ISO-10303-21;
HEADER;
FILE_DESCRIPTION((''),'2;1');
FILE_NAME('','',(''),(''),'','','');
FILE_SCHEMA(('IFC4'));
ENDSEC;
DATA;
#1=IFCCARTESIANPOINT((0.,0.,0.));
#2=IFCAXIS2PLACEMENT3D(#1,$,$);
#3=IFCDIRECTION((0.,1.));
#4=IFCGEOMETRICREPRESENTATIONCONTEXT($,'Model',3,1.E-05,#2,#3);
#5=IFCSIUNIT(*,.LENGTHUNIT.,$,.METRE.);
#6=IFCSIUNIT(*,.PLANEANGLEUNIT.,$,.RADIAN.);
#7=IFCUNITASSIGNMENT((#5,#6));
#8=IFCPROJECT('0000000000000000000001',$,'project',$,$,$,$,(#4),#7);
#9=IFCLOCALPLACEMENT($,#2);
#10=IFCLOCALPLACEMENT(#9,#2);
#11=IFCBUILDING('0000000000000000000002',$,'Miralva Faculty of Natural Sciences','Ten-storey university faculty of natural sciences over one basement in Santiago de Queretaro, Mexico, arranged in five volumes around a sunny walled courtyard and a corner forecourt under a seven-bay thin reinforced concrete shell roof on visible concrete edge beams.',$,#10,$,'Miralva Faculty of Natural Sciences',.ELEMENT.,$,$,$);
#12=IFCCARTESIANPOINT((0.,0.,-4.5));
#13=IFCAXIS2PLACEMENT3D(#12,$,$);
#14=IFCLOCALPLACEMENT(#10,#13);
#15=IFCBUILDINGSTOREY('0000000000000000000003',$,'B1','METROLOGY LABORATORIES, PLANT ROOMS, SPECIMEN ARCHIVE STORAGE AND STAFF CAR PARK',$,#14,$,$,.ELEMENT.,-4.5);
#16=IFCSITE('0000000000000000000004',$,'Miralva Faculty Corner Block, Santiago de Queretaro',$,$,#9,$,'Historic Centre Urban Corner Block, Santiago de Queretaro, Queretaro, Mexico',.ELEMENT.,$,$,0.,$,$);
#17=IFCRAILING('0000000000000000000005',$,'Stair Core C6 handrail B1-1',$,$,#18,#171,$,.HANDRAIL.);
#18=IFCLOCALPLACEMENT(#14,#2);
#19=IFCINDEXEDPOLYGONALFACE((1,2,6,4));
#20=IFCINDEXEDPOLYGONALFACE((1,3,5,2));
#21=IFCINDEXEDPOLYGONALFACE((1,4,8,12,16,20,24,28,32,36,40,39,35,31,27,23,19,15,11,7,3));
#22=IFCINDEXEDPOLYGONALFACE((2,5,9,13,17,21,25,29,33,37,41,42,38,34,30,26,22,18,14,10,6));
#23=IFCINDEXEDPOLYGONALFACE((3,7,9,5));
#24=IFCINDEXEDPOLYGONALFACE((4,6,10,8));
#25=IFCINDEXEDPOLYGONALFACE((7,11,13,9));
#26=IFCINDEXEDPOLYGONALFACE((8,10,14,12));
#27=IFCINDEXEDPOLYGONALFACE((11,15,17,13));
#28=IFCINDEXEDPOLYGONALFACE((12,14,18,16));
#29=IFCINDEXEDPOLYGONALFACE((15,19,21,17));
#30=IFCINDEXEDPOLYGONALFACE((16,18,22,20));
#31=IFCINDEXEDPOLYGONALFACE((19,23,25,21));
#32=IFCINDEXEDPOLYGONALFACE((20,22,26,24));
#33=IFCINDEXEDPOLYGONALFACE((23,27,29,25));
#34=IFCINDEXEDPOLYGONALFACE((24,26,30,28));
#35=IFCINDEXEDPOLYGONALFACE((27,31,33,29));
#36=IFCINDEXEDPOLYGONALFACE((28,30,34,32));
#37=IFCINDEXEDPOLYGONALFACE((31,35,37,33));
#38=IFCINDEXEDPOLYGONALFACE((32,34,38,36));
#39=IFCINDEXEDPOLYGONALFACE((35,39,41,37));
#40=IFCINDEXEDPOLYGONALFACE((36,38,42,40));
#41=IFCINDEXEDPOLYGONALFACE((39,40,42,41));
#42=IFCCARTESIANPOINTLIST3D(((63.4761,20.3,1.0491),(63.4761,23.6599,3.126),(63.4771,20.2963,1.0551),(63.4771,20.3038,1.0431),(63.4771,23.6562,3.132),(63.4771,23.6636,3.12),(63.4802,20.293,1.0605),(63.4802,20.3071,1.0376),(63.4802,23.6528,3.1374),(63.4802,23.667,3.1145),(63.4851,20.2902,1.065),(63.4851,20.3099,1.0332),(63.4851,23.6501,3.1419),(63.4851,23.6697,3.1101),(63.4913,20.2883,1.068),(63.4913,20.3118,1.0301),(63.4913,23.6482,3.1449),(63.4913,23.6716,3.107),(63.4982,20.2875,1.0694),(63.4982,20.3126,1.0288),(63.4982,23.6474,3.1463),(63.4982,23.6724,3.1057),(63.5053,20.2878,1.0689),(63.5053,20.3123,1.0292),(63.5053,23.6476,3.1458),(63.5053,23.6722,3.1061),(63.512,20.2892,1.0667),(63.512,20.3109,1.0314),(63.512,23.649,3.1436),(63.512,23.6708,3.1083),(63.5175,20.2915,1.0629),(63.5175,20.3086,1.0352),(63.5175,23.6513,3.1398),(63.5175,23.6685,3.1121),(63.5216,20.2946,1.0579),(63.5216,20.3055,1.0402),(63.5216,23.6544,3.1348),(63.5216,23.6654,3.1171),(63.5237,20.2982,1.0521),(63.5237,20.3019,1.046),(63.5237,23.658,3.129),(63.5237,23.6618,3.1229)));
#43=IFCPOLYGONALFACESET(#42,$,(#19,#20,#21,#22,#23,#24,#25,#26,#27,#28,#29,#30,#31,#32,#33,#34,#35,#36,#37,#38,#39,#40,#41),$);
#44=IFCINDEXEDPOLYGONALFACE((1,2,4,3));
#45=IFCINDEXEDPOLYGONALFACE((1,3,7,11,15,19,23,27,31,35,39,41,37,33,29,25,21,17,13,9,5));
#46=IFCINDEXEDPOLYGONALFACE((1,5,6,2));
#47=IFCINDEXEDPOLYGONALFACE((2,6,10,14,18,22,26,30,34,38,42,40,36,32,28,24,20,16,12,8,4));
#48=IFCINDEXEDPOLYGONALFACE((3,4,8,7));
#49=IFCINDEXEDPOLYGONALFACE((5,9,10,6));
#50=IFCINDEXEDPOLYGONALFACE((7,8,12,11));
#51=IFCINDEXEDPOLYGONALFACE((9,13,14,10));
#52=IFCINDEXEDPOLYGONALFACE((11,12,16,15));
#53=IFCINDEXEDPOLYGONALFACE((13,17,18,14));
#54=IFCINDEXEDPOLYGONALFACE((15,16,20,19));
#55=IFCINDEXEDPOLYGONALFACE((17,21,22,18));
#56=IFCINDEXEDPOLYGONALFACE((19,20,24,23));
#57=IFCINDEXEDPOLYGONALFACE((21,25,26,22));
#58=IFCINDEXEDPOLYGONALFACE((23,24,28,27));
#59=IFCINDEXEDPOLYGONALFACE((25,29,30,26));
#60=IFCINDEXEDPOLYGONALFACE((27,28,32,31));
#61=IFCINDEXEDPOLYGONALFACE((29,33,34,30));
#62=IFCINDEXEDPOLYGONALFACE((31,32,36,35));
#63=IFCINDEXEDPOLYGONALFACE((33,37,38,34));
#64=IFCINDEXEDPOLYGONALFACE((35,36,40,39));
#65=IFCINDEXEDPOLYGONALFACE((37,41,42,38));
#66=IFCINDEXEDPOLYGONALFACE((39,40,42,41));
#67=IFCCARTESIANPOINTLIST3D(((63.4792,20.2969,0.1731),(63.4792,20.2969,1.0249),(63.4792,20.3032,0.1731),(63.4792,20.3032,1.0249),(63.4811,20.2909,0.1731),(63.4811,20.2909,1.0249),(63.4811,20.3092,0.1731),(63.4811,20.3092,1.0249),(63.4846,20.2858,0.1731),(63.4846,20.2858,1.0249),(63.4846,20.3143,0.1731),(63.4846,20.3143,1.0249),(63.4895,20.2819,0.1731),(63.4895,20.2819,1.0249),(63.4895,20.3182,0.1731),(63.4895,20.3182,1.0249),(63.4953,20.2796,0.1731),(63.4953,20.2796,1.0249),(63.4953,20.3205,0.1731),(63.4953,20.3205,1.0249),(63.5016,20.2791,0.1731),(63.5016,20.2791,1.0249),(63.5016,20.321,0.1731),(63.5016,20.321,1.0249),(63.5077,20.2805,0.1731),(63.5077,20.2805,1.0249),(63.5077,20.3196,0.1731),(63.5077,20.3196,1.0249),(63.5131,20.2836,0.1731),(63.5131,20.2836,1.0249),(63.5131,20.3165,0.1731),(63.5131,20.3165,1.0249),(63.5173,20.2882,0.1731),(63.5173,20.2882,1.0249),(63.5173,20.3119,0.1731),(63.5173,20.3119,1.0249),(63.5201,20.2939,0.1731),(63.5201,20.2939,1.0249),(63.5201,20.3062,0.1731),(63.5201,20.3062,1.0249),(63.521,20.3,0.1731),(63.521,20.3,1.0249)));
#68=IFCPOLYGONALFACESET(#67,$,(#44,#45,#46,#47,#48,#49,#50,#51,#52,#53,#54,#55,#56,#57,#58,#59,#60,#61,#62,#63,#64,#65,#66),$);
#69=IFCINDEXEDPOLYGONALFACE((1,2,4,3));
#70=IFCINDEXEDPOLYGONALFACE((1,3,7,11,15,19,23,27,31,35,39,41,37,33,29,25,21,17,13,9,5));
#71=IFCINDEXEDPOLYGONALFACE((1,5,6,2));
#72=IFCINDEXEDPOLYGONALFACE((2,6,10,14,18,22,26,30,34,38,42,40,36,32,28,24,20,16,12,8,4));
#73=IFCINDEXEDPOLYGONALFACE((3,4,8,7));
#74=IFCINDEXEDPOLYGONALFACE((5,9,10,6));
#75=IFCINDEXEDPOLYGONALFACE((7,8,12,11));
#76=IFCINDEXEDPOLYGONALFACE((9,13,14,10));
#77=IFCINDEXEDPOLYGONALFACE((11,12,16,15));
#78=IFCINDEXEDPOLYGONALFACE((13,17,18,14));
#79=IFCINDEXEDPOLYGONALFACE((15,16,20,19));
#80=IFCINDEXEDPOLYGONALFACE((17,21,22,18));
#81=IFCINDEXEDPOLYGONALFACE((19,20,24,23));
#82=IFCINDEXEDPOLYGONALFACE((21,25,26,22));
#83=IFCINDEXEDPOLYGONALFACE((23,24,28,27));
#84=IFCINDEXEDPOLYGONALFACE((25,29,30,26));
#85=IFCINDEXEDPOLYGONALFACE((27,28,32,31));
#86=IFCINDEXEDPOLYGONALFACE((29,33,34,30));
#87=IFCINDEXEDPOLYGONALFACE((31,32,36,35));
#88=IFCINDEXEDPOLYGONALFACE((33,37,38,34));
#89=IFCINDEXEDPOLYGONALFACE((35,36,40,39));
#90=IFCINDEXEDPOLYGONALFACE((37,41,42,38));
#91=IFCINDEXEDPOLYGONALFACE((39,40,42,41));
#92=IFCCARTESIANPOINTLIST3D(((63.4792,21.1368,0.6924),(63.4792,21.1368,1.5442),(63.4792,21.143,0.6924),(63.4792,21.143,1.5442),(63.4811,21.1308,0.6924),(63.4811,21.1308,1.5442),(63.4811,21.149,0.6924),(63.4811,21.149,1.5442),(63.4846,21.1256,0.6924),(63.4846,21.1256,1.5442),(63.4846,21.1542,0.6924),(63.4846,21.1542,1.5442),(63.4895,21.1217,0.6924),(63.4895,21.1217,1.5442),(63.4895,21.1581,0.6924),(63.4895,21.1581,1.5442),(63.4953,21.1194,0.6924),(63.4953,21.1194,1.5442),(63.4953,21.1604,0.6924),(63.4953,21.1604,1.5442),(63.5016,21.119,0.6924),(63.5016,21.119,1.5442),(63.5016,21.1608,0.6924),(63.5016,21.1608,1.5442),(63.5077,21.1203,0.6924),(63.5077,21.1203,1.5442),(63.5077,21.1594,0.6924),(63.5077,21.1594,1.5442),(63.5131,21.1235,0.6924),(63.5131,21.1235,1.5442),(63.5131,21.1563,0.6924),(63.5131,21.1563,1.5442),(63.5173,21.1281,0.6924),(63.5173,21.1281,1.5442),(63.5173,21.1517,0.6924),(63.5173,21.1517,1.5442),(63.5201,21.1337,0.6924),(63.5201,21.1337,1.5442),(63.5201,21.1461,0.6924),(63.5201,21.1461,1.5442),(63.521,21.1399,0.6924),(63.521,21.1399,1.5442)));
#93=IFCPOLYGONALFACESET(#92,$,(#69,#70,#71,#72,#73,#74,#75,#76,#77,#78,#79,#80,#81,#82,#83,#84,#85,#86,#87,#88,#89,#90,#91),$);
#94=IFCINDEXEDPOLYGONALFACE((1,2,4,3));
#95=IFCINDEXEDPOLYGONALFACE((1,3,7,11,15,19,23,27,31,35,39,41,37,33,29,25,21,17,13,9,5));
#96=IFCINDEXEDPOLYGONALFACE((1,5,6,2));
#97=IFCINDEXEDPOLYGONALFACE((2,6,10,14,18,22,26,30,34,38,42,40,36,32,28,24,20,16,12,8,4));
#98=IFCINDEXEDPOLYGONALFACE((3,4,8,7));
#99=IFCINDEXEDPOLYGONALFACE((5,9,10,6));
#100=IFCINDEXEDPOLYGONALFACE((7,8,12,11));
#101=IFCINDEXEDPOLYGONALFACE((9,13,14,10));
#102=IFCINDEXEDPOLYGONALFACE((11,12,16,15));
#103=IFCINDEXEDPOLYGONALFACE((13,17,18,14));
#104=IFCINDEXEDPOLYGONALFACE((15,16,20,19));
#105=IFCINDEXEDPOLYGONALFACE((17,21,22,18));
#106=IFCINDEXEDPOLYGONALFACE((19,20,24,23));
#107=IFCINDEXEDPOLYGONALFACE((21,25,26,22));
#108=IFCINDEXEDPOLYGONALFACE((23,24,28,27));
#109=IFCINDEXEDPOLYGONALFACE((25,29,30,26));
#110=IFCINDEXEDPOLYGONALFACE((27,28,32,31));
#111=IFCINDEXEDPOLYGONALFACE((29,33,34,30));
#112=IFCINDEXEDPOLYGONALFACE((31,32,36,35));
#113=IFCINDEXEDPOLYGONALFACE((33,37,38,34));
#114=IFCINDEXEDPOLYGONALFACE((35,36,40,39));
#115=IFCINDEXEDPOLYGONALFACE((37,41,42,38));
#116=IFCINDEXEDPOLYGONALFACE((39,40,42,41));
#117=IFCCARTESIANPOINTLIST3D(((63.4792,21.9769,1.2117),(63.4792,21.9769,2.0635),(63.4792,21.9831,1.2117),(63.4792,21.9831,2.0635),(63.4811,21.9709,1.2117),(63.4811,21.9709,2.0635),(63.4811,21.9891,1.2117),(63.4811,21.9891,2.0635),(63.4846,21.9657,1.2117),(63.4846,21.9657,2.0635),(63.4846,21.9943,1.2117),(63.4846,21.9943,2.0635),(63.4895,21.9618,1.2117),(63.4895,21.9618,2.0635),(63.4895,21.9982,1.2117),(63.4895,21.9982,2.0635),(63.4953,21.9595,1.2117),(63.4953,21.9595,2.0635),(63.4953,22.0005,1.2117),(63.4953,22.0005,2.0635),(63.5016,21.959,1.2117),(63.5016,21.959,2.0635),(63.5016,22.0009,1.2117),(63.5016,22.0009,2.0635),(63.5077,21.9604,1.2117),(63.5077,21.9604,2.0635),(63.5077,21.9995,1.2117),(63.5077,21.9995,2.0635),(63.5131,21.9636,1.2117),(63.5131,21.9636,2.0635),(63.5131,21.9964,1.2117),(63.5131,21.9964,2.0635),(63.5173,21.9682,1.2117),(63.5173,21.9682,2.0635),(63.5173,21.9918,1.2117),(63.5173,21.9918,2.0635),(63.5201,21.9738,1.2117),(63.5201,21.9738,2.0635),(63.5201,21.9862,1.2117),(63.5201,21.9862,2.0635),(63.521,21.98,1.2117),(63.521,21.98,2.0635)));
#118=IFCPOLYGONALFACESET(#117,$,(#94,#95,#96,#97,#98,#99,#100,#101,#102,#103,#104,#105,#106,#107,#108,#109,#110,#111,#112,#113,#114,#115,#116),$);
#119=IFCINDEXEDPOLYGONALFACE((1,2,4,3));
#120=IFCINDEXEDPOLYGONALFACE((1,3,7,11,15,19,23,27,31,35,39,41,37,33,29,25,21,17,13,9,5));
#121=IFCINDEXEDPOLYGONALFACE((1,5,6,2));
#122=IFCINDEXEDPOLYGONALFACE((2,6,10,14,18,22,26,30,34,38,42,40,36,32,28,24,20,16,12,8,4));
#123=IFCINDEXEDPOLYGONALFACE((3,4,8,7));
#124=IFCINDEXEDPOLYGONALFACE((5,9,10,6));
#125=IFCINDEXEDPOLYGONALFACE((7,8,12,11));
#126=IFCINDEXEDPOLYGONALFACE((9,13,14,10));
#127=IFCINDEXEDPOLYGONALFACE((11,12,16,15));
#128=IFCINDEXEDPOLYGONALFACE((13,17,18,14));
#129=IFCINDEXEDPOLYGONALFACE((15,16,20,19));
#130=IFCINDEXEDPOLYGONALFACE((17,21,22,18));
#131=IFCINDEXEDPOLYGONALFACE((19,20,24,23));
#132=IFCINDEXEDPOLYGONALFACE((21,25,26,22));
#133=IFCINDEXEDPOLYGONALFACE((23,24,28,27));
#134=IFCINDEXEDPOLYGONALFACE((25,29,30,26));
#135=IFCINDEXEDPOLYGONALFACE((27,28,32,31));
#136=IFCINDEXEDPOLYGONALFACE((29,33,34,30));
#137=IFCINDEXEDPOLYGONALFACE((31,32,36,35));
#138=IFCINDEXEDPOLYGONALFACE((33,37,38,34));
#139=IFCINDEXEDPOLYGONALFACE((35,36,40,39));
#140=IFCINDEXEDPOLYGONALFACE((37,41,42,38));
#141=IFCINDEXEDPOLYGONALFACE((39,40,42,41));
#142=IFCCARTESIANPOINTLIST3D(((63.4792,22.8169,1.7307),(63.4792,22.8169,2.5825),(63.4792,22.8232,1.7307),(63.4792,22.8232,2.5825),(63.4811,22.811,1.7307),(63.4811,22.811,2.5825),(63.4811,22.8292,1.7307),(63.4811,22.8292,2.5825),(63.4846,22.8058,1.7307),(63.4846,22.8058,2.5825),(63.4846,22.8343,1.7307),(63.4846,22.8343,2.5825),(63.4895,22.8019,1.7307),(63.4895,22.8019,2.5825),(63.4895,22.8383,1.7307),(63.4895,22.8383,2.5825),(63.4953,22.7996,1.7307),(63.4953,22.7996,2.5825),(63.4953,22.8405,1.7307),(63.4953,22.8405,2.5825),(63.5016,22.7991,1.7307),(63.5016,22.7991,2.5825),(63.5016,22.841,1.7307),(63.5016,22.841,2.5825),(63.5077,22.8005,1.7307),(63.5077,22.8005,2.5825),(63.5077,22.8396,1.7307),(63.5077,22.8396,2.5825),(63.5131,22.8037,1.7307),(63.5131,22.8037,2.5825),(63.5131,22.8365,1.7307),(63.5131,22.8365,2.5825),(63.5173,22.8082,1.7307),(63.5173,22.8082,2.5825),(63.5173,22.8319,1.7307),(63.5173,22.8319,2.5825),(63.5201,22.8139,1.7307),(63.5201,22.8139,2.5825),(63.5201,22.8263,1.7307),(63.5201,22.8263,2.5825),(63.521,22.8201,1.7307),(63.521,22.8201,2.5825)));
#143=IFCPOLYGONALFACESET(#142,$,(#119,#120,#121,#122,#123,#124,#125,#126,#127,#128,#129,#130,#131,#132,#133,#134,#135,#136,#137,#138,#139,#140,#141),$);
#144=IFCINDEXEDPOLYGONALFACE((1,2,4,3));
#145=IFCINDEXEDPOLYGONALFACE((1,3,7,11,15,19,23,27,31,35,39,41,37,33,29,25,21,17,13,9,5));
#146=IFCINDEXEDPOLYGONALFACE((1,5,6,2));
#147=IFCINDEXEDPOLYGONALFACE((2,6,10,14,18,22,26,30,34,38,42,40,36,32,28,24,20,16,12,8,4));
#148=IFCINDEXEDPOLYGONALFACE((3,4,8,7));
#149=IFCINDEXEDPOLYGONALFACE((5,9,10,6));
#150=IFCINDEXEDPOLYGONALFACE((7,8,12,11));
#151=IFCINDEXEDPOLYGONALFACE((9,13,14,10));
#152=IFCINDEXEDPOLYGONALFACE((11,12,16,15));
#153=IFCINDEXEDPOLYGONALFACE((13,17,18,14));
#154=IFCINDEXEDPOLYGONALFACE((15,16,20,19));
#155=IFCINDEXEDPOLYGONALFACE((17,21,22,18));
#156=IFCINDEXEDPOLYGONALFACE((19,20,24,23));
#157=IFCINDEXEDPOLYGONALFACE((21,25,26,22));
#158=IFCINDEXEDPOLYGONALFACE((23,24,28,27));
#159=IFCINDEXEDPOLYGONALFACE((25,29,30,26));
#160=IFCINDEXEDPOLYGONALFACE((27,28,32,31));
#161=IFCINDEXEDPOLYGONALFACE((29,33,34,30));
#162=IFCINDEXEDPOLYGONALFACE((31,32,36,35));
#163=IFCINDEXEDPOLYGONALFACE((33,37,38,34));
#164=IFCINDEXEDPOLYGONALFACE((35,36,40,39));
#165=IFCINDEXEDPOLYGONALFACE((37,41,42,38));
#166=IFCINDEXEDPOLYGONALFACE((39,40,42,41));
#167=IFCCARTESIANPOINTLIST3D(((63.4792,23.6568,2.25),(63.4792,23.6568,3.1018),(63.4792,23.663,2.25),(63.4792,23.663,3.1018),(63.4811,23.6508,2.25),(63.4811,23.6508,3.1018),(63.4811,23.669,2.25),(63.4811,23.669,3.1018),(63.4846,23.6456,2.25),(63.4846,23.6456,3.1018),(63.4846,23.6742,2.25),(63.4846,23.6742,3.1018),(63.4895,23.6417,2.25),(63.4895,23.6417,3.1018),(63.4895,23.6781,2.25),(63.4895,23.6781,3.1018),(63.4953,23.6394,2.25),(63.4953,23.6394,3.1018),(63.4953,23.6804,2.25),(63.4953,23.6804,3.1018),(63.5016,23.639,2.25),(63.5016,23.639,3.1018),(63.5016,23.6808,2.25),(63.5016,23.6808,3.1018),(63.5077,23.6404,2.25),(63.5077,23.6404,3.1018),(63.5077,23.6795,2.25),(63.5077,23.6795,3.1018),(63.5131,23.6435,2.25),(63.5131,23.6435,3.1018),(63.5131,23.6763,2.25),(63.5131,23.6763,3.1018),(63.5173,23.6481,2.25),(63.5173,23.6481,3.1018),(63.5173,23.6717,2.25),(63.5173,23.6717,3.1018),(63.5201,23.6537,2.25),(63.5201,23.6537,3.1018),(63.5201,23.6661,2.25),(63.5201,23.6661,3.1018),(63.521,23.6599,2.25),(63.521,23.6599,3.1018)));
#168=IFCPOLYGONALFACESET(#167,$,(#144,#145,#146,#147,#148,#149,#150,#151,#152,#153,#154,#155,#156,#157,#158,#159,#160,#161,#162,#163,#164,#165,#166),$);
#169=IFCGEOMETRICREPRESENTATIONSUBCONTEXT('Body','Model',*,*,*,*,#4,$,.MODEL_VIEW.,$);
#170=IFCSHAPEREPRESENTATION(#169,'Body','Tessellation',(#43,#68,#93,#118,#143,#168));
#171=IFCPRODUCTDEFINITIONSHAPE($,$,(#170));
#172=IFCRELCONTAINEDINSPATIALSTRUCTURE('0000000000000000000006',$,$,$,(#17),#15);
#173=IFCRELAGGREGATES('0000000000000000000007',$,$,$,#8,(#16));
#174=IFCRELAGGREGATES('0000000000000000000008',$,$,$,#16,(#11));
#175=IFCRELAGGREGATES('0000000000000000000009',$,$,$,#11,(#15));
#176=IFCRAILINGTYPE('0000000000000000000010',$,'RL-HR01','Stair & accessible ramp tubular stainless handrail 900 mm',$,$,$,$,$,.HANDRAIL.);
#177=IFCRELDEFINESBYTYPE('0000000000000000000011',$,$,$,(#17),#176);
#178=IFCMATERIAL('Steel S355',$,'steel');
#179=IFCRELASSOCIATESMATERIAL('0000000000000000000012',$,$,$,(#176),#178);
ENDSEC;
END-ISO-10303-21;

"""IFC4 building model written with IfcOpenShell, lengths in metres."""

from ifc_helpers import new_model, si_unit, direction, frame, origin, origin_2d, place, context, subcontext, project, spatial, circle, extrude, material, type_object, element, save


model = new_model("IFC4")

# Units and contexts
model_context = context("Model", 3, precision=1e-05, world=origin(), true_north=direction((0.0, 1.0)))
body_context = subcontext(model_context, "Body", "Model", "MODEL_VIEW")
ifc_project = project(units=[si_unit("LENGTHUNIT", "METRE"), si_unit("PLANEANGLEUNIT", "RADIAN")], contexts=[model_context])

# Site, building, storey
site_placement = place(None, origin())
site = spatial("IfcSite", under=ifc_project, at=site_placement, Name="Miralva Faculty Corner Block, Santiago de Queretaro", LongName="Historic Centre Urban Corner Block, Santiago de Queretaro, Queretaro, Mexico", CompositionType="ELEMENT", RefElevation=0.0)
building_placement = place(site_placement, origin())
building = spatial("IfcBuilding", under=site, at=building_placement, Name="Miralva Faculty of Natural Sciences", Description="Ten-storey university faculty of natural sciences over one basement in Santiago de Queretaro, Mexico, arranged in five volumes around a sunny walled courtyard and a corner forecourt under a seven-bay thin reinforced concrete shell roof on visible concrete edge beams.", LongName="Miralva Faculty of Natural Sciences", CompositionType="ELEMENT")
storey_placement = place(building_placement, frame((0.0, 0.0, -4.5)))
storey = spatial("IfcBuildingStorey", under=building, at=storey_placement, Name="B1", Description="METROLOGY LABORATORIES, PLANT ROOMS, SPECIMEN ARCHIVE STORAGE AND STAFF CAR PARK", CompositionType="ELEMENT", Elevation=-4.5)

# Railing
ifc_material_1 = material(Name="Steel S355", Category="steel")
railing_type_1 = type_object("IfcRailingType", Name="RL-HR01", Description="Stair & accessible ramp tubular stainless handrail 900 mm", PredefinedType="HANDRAIL", material=ifc_material_1)
railing_1_placement = place(storey_placement, frame((63.5, 20.3, 0.1731)))
element("IfcRailing", 1, at=railing_1_placement, inside=storey, type_object=railing_type_1, Name="Stair Core C6 handrail B1-1", PredefinedType="HANDRAIL", context=body_context, shape_type="SweptSolid", body=[
    extrude(circle(Radius=0.0239, at=origin_2d()), frame((0.0, 0.0, 0.876), z_axis=(0.0, 0.850606, 0.525803), x_axis=(-1.0, 0.0, 0.0)), (0.0, 0.0, 1.0), 3.95),
    extrude(circle(Radius=0.021, at=origin_2d()), origin(), (0.0, 0.0, 1.0), 0.8518),
    extrude(circle(Radius=0.021, at=origin_2d()), frame((0.0, 0.8398, 0.5193)), (0.0, 0.0, 1.0), 0.8518),
    extrude(circle(Radius=0.021, at=origin_2d()), frame((0.0, 1.6799, 1.0386)), (0.0, 0.0, 1.0), 0.8518),
    extrude(circle(Radius=0.021, at=origin_2d()), frame((0.0, 2.52, 1.5576)), (0.0, 0.0, 1.0), 0.8518),
    extrude(circle(Radius=0.021, at=origin_2d()), frame((0.0, 3.3599, 2.0769)), (0.0, 0.0, 1.0), 0.8518),
])

save(model, "model.ifc")
